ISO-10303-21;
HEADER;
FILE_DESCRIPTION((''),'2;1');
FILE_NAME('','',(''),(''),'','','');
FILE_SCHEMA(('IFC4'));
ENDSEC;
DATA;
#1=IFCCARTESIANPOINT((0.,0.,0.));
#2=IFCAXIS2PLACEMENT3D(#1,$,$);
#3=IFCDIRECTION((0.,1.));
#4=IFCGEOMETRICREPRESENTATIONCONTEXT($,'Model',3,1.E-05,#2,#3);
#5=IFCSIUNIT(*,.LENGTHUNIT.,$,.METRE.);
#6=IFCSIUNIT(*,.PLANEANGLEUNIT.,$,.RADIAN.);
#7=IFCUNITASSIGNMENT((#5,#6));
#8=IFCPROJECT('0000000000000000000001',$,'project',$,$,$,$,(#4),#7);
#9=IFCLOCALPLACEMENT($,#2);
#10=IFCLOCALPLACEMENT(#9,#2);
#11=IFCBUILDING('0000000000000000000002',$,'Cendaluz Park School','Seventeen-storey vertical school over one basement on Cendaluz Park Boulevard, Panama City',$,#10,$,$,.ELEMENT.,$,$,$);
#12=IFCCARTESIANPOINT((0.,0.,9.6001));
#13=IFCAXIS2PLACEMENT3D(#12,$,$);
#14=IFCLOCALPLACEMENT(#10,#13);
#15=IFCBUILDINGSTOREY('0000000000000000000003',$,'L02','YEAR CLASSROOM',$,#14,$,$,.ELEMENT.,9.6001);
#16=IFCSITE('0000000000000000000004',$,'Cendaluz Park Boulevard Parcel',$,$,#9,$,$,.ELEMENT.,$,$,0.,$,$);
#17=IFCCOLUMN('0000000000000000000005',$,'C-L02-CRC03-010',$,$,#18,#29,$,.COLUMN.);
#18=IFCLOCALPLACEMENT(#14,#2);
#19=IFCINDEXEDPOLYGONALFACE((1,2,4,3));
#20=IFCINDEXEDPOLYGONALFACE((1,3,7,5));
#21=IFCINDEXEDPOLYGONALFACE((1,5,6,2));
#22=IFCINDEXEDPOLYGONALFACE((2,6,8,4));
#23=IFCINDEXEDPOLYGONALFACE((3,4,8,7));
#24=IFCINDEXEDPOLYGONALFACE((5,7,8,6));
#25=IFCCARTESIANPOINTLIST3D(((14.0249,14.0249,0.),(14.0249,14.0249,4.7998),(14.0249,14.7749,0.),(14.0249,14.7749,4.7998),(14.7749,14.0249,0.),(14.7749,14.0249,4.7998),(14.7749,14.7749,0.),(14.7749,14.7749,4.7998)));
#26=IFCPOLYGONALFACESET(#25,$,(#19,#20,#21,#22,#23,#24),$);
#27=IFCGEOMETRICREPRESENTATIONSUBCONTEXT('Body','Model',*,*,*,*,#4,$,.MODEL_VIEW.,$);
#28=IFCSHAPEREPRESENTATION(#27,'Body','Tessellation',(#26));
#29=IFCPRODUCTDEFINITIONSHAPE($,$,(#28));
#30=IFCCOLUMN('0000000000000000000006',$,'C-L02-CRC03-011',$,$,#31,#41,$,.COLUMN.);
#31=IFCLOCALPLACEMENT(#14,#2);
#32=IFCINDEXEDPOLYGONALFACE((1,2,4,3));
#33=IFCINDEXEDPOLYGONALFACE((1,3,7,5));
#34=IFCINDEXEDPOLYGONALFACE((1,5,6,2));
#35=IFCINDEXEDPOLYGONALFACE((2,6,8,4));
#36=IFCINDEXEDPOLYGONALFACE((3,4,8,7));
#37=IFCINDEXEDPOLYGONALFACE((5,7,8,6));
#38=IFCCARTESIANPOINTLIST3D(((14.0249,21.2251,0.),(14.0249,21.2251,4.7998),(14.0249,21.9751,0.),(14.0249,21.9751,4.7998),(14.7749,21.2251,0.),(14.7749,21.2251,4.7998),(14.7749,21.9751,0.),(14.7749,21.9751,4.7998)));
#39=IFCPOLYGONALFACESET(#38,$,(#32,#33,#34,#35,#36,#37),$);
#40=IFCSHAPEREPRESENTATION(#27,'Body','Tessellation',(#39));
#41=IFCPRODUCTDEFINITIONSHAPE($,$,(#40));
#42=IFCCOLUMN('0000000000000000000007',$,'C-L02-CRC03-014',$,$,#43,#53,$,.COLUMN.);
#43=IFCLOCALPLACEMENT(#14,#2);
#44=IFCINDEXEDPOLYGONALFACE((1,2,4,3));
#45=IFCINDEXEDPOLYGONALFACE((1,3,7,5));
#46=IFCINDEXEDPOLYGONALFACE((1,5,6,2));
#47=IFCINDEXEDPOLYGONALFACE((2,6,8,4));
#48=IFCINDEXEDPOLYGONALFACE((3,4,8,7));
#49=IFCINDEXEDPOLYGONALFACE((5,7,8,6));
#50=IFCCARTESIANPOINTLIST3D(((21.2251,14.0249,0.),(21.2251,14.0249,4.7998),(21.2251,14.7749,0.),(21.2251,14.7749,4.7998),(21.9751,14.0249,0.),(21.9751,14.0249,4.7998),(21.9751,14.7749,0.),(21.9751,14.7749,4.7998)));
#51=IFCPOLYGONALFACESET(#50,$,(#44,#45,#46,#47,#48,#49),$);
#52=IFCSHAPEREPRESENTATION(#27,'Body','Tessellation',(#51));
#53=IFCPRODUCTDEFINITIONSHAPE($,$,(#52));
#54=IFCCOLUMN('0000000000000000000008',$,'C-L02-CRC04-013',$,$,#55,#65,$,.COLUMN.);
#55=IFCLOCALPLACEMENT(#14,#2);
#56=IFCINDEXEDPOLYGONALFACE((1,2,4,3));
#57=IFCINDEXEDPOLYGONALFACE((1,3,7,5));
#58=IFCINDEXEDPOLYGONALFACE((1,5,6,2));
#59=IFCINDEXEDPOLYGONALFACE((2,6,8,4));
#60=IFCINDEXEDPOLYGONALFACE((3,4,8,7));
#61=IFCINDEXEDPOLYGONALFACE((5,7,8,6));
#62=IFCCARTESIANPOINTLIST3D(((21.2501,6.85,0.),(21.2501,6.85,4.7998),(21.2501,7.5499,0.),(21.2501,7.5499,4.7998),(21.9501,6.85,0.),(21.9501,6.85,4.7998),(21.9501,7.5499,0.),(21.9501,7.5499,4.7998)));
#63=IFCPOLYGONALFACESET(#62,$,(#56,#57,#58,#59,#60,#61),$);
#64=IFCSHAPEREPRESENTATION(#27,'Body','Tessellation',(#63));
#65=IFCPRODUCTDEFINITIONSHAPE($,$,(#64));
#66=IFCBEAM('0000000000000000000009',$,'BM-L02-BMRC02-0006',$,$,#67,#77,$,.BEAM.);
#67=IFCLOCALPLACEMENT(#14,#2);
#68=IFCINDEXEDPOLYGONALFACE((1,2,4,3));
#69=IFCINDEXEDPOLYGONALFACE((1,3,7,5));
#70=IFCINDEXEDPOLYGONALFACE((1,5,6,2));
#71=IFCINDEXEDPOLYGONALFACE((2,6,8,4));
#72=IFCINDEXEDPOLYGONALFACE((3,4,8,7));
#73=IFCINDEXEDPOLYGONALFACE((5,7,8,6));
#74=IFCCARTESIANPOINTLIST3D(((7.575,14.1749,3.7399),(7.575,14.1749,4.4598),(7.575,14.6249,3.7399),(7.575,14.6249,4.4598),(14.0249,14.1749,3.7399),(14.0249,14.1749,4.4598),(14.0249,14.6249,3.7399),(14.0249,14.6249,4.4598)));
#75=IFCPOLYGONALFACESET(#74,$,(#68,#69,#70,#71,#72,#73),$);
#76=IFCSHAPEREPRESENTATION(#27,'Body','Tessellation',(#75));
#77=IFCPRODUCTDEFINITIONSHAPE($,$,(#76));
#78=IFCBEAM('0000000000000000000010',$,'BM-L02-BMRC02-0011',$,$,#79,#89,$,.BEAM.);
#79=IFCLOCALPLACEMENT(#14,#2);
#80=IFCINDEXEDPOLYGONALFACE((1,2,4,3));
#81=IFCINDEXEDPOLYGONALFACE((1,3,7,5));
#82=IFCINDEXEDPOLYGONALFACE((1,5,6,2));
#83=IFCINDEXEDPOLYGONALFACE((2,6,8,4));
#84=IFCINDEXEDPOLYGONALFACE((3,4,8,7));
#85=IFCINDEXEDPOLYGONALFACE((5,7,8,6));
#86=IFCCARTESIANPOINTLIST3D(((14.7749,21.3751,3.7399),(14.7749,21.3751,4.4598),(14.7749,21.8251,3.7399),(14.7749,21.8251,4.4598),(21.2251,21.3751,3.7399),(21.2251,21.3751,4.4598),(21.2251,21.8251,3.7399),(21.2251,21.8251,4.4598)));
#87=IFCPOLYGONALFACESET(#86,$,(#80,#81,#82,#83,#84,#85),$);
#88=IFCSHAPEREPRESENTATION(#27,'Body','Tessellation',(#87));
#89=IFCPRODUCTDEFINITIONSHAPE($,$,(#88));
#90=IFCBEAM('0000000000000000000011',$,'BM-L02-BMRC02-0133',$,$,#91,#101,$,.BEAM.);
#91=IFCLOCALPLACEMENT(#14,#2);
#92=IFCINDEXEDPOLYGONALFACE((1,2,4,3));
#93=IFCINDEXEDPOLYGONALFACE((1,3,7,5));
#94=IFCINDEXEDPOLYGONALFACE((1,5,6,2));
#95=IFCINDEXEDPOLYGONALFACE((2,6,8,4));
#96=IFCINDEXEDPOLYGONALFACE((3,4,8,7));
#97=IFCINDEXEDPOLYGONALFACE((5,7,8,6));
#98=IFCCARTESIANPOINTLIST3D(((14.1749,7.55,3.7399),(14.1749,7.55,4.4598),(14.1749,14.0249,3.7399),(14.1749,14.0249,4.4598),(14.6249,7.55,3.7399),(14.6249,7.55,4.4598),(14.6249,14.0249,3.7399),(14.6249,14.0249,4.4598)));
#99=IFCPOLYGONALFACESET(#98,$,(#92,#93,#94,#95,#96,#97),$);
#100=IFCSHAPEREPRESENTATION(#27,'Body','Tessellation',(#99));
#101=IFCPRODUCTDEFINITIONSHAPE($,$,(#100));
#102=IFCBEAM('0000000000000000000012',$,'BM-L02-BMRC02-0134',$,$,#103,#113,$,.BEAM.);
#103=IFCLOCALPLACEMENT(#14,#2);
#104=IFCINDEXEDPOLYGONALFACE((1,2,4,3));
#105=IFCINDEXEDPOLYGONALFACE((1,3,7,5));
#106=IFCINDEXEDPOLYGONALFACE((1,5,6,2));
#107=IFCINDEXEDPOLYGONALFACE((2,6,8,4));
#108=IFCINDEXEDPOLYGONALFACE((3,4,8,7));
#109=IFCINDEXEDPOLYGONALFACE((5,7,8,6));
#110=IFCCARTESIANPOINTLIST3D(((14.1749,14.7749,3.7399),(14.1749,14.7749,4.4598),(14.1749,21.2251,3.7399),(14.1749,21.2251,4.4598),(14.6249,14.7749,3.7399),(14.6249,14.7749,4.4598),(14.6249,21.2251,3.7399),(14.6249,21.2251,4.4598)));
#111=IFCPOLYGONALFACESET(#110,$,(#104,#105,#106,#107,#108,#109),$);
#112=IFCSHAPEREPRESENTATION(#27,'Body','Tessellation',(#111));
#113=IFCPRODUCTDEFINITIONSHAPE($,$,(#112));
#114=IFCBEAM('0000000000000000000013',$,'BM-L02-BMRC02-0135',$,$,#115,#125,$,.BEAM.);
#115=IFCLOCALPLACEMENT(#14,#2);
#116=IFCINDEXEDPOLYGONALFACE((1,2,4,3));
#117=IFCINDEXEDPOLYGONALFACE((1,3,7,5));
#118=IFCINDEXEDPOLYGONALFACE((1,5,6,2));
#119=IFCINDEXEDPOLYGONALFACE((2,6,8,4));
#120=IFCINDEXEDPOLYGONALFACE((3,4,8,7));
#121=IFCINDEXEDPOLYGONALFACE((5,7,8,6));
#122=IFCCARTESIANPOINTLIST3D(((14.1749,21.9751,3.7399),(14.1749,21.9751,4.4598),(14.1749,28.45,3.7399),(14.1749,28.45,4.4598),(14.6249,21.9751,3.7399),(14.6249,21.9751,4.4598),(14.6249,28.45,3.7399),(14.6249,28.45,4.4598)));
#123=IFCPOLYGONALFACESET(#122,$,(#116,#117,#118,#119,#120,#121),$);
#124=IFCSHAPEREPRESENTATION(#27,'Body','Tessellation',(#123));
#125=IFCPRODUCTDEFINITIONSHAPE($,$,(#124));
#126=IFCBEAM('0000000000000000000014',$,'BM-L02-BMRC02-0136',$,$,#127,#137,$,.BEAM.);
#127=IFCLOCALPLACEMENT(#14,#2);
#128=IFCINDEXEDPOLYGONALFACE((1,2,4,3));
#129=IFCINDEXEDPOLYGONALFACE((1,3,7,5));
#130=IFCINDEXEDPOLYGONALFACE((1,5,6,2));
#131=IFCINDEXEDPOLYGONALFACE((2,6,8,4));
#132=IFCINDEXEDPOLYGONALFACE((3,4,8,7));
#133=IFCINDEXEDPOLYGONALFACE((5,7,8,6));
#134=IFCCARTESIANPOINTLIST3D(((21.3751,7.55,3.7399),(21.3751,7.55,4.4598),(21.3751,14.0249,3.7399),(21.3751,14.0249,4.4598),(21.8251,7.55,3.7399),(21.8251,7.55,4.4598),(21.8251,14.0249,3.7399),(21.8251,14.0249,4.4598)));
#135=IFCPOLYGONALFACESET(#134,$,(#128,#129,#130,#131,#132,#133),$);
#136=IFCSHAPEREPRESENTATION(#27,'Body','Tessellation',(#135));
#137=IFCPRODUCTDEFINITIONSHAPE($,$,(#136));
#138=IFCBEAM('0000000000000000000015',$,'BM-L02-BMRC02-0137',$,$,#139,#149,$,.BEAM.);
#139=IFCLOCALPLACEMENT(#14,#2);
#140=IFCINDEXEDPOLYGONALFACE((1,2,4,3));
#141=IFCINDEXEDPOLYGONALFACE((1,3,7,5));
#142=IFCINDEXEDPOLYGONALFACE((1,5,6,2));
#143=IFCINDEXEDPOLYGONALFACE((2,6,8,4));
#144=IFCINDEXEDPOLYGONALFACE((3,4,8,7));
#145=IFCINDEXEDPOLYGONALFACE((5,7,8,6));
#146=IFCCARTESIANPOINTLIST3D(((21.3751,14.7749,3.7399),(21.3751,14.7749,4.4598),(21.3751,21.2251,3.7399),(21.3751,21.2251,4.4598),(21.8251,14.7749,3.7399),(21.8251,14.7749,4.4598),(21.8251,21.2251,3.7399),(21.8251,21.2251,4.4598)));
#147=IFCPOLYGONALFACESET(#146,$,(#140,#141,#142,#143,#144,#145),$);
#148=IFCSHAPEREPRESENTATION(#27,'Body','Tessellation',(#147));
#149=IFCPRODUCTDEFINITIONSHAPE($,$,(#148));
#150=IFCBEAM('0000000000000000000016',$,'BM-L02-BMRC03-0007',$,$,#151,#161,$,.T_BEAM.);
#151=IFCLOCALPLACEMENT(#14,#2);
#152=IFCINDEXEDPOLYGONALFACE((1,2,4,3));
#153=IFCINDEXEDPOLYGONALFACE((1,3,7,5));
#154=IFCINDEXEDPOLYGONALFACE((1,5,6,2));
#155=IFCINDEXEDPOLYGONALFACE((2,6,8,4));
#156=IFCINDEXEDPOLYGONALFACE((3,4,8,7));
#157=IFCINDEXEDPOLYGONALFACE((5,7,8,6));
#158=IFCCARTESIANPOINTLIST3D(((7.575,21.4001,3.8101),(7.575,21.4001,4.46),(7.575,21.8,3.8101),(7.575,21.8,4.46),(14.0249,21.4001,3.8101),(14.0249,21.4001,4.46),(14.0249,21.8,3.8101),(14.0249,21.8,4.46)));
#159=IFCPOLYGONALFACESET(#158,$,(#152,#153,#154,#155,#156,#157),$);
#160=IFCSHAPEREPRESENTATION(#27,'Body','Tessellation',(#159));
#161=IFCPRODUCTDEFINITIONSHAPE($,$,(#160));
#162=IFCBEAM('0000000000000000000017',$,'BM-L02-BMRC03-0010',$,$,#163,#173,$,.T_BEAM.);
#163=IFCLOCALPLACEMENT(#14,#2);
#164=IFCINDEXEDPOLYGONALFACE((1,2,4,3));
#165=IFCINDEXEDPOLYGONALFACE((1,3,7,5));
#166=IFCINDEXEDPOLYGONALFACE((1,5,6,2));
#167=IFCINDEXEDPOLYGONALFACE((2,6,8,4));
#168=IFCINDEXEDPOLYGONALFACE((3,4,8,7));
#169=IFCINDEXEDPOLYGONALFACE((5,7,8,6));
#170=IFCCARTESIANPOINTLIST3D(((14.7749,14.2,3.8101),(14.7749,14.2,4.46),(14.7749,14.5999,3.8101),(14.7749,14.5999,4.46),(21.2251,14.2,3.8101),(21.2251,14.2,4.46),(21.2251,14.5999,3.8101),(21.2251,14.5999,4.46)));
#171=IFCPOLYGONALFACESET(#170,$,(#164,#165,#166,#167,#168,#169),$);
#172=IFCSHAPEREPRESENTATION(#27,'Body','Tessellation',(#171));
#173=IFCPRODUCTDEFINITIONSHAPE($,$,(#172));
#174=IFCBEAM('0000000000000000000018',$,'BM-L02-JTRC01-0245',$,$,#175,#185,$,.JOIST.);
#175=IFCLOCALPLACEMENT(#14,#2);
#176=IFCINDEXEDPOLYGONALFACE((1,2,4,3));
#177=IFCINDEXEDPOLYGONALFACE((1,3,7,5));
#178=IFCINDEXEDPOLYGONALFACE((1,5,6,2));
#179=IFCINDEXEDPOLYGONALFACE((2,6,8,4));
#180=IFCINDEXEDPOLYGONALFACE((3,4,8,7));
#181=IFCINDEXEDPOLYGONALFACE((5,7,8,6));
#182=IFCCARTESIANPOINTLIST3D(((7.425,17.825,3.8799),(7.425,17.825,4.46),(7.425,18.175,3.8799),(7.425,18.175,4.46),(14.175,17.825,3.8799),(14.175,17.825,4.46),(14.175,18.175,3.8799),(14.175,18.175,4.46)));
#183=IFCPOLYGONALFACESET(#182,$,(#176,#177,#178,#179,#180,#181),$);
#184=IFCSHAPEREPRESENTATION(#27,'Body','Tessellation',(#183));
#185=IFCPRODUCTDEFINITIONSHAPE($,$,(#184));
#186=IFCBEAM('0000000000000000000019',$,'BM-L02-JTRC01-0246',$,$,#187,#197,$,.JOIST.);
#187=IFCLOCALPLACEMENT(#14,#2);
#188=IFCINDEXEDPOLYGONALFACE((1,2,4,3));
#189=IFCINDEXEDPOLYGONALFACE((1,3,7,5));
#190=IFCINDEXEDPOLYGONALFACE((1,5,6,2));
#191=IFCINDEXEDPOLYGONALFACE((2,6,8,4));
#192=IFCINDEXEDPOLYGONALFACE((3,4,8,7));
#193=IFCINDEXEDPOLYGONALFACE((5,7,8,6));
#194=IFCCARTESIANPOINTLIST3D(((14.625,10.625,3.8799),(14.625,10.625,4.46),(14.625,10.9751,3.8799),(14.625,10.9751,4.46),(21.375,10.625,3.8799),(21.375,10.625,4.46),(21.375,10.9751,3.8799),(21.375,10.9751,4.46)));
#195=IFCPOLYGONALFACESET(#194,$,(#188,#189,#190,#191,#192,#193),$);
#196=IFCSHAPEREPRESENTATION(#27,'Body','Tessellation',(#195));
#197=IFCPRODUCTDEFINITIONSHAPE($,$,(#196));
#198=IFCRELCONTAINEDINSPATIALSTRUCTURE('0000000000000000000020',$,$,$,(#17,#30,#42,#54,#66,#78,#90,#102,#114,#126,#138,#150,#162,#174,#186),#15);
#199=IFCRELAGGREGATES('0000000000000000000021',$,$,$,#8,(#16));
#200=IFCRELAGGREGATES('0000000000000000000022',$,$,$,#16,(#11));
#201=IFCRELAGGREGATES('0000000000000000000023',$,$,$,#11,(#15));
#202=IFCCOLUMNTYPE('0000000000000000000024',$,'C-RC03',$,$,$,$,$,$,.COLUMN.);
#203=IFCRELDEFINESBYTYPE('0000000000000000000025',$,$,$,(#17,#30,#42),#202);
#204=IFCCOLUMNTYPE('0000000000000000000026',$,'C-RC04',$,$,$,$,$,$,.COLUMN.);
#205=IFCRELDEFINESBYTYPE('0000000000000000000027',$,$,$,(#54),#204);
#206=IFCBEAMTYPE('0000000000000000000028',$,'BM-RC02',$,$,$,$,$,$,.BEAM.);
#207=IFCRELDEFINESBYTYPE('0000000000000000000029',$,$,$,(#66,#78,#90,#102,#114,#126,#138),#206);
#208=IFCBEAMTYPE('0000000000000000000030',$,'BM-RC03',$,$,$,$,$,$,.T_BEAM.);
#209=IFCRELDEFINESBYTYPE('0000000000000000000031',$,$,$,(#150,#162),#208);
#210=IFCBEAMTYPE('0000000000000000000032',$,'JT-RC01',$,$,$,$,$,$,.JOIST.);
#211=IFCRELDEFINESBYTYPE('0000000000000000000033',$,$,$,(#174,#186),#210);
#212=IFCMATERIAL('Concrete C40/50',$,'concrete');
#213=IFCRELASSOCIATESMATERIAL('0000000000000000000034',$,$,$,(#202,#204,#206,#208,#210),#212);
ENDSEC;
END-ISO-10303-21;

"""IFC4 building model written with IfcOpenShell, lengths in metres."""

from ifc_helpers import new_model, si_unit, direction, frame, origin, origin_2d, place, context, subcontext, project, spatial, rectangle, extrude, material, material_profile, profile_set, type_object, element, save


model = new_model("IFC4")

# Units and contexts
model_context = context("Model", 3, precision=1e-05, world=origin(), true_north=direction((0.0, 1.0)))
body_context = subcontext(model_context, "Body", "Model", "MODEL_VIEW")
ifc_project = project(units=[si_unit("LENGTHUNIT", "METRE"), si_unit("PLANEANGLEUNIT", "RADIAN")], contexts=[model_context])

# Site, building, storey
site_placement = place(None, origin())
site = spatial("IfcSite", under=ifc_project, at=site_placement, Name="Cendaluz Park Boulevard Parcel", CompositionType="ELEMENT", RefElevation=0.0)
building_placement = place(site_placement, origin())
building = spatial("IfcBuilding", under=site, at=building_placement, Name="Cendaluz Park School", Description="Seventeen-storey vertical school over one basement on Cendaluz Park Boulevard, Panama City", CompositionType="ELEMENT")
storey_placement = place(building_placement, frame((0.0, 0.0, 9.6001)))
storey = spatial("IfcBuildingStorey", under=building, at=storey_placement, Name="L02", Description="YEAR CLASSROOM", CompositionType="ELEMENT", Elevation=9.6001)

# Columns
ifc_material_1 = material(Name="Concrete C40/50", Category="concrete")
ifc_material_profile_1 = material_profile(ifc_material_1, rectangle(XDim=0.75, YDim=0.75, at=origin_2d()), Name="RC 750x750", Category="concrete")
ifc_profile_set_1 = profile_set([ifc_material_profile_1], Name="Concrete C40/50")
column_type_1 = type_object("IfcColumnType", Name="C-RC03", PredefinedType="COLUMN", material=ifc_profile_set_1)
for number, where, z_axis, x_axis, name in (
    (1, (14.3999, 14.3999, 0.0), (0.0, 0.0, 1.0), (1.0, 0.0, 0.0), "C-L02-CRC03-010"),
    (2, (14.3999, 21.6001, 0.0), (0.0, 0.0, 1.0), (1.0, 0.0, 0.0), "C-L02-CRC03-011"),
    (3, (21.6001, 14.3999, 0.0), (0.0, 0.0, 1.0), (1.0, 0.0, 0.0), "C-L02-CRC03-014"),
):
    element("IfcColumn", number, at=place(storey_placement, frame(where, z_axis=z_axis, x_axis=x_axis)), inside=storey, type_object=column_type_1, Name=name, PredefinedType="COLUMN", context=body_context, shape_type="SweptSolid", body=[
        extrude(rectangle(XDim=0.75, YDim=0.75, at=origin_2d()), origin(), (0.0, 0.0, 1.0), 4.7998),
    ])
ifc_material_profile_2 = material_profile(ifc_material_1, rectangle(XDim=0.7, YDim=0.7, at=origin_2d()), Name="RC 700x700", Category="concrete")
ifc_profile_set_2 = profile_set([ifc_material_profile_2], Name="Concrete C40/50")
column_type_2 = type_object("IfcColumnType", Name="C-RC04", PredefinedType="COLUMN", material=ifc_profile_set_2)
column_placement = place(storey_placement, frame((21.6001, 7.2, 0.0), z_axis=(0.0, 0.0, 1.0), x_axis=(1.0, 0.0, 0.0)))
element("IfcColumn", 4, at=column_placement, inside=storey, type_object=column_type_2, Name="C-L02-CRC04-013", PredefinedType="COLUMN", context=body_context, shape_type="SweptSolid", body=[
    extrude(rectangle(XDim=0.7, YDim=0.7, at=origin_2d()), origin(), (0.0, 0.0, 1.0), 4.7998),
])

# Beams
ifc_material_profile_3 = material_profile(ifc_material_1, rectangle(XDim=0.45, YDim=0.72, at=origin_2d()), Name="RC 450x720", Category="concrete")
ifc_profile_set_3 = profile_set([ifc_material_profile_3], Name="Concrete C40/50")
beam_type_1 = type_object("IfcBeamType", Name="BM-RC02", PredefinedType="BEAM", material=ifc_profile_set_3)
beam_1_placement = place(storey_placement, frame((7.575, 14.3999, 4.0999), z_axis=(1.0, 0.0, 0.0), x_axis=(0.0, 1.0, 0.0)))
element("IfcBeam", 5, at=beam_1_placement, inside=storey, type_object=beam_type_1, Name="BM-L02-BMRC02-0006", PredefinedType="BEAM", context=body_context, shape_type="SweptSolid", body=[
    extrude(rectangle(XDim=0.45, YDim=0.72, at=origin_2d()), origin(), (0.0, 0.0, 1.0), 6.45),
])
beam_2_placement = place(storey_placement, frame((14.7749, 21.6001, 4.0999), z_axis=(1.0, 0.0, 0.0), x_axis=(0.0, 1.0, 0.0)))
element("IfcBeam", 6, at=beam_2_placement, inside=storey, type_object=beam_type_1, Name="BM-L02-BMRC02-0011", PredefinedType="BEAM", context=body_context, shape_type="SweptSolid", body=[
    extrude(rectangle(XDim=0.45, YDim=0.72, at=origin_2d()), origin(), (0.0, 0.0, 1.0), 6.4502),
])
beam_3_placement = place(storey_placement, frame((14.3999, 7.55, 4.0999), z_axis=(0.0, 1.0, 0.0), x_axis=(-1.0, 0.0, 0.0)))
element("IfcBeam", 7, at=beam_3_placement, inside=storey, type_object=beam_type_1, Name="BM-L02-BMRC02-0133", PredefinedType="BEAM", context=body_context, shape_type="SweptSolid", body=[
    extrude(rectangle(XDim=0.45, YDim=0.72, at=origin_2d()), origin(), (0.0, 0.0, 1.0), 6.4749),
])
beam_4_placement = place(storey_placement, frame((14.3999, 14.7749, 4.0999), z_axis=(0.0, 1.0, 0.0), x_axis=(-1.0, 0.0, 0.0)))
element("IfcBeam", 8, at=beam_4_placement, inside=storey, type_object=beam_type_1, Name="BM-L02-BMRC02-0134", PredefinedType="BEAM", context=body_context, shape_type="SweptSolid", body=[
    extrude(rectangle(XDim=0.45, YDim=0.72, at=origin_2d()), origin(), (0.0, 0.0, 1.0), 6.4502),
])
for number, where, z_axis, x_axis, name in (
    (9, (14.3999, 21.9751, 4.0999), (0.0, 1.0, 0.0), (-1.0, 0.0, 0.0), "BM-L02-BMRC02-0135"),
    (10, (21.6001, 7.55, 4.0999), (0.0, 1.0, 0.0), (-1.0, 0.0, 0.0), "BM-L02-BMRC02-0136"),
):
    element("IfcBeam", number, at=place(storey_placement, frame(where, z_axis=z_axis, x_axis=x_axis)), inside=storey, type_object=beam_type_1, Name=name, PredefinedType="BEAM", context=body_context, shape_type="SweptSolid", body=[
        extrude(rectangle(XDim=0.45, YDim=0.72, at=origin_2d()), origin(), (0.0, 0.0, 1.0), 6.4749),
    ])
beam_5_placement = place(storey_placement, frame((21.6001, 14.7749, 4.0999), z_axis=(0.0, 1.0, 0.0), x_axis=(-1.0, 0.0, 0.0)))
element("IfcBeam", 11, at=beam_5_placement, inside=storey, type_object=beam_type_1, Name="BM-L02-BMRC02-0137", PredefinedType="BEAM", context=body_context, shape_type="SweptSolid", body=[
    extrude(rectangle(XDim=0.45, YDim=0.72, at=origin_2d()), origin(), (0.0, 0.0, 1.0), 6.4502),
])
ifc_material_profile_4 = material_profile(ifc_material_1, rectangle(XDim=0.3999, YDim=0.6499, at=origin_2d()), Name="RC 400x650", Category="concrete")
ifc_profile_set_4 = profile_set([ifc_material_profile_4], Name="Concrete C40/50")
beam_type_2 = type_object("IfcBeamType", Name="BM-RC03", PredefinedType="T_BEAM", material=ifc_profile_set_4)
beam_6_placement = place(storey_placement, frame((7.575, 21.6001, 4.135), z_axis=(1.0, 0.0, 0.0), x_axis=(0.0, 1.0, 0.0)))
element("IfcBeam", 12, at=beam_6_placement, inside=storey, type_object=beam_type_2, Name="BM-L02-BMRC03-0007", PredefinedType="T_BEAM", context=body_context, shape_type="SweptSolid", body=[
    extrude(rectangle(XDim=0.3999, YDim=0.6499, at=origin_2d()), origin(), (0.0, 0.0, 1.0), 6.45),
])
beam_7_placement = place(storey_placement, frame((14.7749, 14.3999, 4.135), z_axis=(1.0, 0.0, 0.0), x_axis=(0.0, 1.0, 0.0)))
element("IfcBeam", 13, at=beam_7_placement, inside=storey, type_object=beam_type_2, Name="BM-L02-BMRC03-0010", PredefinedType="T_BEAM", context=body_context, shape_type="SweptSolid", body=[
    extrude(rectangle(XDim=0.3999, YDim=0.6499, at=origin_2d()), origin(), (0.0, 0.0, 1.0), 6.4502),
])
ifc_material_profile_5 = material_profile(ifc_material_1, rectangle(XDim=0.3501, YDim=0.5801, at=origin_2d()), Name="RC 350x580", Category="concrete")
ifc_profile_set_5 = profile_set([ifc_material_profile_5], Name="Concrete C40/50")
beam_type_3 = type_object("IfcBeamType", Name="JT-RC01", PredefinedType="JOIST", material=ifc_profile_set_5)
for number, where, z_axis, x_axis, name in (
    (14, (7.425, 18.0, 4.1699), (1.0, 0.0, 0.0), (0.0, 1.0, 0.0), "BM-L02-JTRC01-0245"),
    (15, (14.625, 10.8, 4.1699), (1.0, 0.0, 0.0), (0.0, 1.0, 0.0), "BM-L02-JTRC01-0246"),
):
    element("IfcBeam", number, at=place(storey_placement, frame(where, z_axis=z_axis, x_axis=x_axis)), inside=storey, type_object=beam_type_3, Name=name, PredefinedType="JOIST", context=body_context, shape_type="SweptSolid", body=[
        extrude(rectangle(XDim=0.3501, YDim=0.5801, at=origin_2d()), origin(), (0.0, 0.0, 1.0), 6.75),
    ])

save(model, "model.ifc")
